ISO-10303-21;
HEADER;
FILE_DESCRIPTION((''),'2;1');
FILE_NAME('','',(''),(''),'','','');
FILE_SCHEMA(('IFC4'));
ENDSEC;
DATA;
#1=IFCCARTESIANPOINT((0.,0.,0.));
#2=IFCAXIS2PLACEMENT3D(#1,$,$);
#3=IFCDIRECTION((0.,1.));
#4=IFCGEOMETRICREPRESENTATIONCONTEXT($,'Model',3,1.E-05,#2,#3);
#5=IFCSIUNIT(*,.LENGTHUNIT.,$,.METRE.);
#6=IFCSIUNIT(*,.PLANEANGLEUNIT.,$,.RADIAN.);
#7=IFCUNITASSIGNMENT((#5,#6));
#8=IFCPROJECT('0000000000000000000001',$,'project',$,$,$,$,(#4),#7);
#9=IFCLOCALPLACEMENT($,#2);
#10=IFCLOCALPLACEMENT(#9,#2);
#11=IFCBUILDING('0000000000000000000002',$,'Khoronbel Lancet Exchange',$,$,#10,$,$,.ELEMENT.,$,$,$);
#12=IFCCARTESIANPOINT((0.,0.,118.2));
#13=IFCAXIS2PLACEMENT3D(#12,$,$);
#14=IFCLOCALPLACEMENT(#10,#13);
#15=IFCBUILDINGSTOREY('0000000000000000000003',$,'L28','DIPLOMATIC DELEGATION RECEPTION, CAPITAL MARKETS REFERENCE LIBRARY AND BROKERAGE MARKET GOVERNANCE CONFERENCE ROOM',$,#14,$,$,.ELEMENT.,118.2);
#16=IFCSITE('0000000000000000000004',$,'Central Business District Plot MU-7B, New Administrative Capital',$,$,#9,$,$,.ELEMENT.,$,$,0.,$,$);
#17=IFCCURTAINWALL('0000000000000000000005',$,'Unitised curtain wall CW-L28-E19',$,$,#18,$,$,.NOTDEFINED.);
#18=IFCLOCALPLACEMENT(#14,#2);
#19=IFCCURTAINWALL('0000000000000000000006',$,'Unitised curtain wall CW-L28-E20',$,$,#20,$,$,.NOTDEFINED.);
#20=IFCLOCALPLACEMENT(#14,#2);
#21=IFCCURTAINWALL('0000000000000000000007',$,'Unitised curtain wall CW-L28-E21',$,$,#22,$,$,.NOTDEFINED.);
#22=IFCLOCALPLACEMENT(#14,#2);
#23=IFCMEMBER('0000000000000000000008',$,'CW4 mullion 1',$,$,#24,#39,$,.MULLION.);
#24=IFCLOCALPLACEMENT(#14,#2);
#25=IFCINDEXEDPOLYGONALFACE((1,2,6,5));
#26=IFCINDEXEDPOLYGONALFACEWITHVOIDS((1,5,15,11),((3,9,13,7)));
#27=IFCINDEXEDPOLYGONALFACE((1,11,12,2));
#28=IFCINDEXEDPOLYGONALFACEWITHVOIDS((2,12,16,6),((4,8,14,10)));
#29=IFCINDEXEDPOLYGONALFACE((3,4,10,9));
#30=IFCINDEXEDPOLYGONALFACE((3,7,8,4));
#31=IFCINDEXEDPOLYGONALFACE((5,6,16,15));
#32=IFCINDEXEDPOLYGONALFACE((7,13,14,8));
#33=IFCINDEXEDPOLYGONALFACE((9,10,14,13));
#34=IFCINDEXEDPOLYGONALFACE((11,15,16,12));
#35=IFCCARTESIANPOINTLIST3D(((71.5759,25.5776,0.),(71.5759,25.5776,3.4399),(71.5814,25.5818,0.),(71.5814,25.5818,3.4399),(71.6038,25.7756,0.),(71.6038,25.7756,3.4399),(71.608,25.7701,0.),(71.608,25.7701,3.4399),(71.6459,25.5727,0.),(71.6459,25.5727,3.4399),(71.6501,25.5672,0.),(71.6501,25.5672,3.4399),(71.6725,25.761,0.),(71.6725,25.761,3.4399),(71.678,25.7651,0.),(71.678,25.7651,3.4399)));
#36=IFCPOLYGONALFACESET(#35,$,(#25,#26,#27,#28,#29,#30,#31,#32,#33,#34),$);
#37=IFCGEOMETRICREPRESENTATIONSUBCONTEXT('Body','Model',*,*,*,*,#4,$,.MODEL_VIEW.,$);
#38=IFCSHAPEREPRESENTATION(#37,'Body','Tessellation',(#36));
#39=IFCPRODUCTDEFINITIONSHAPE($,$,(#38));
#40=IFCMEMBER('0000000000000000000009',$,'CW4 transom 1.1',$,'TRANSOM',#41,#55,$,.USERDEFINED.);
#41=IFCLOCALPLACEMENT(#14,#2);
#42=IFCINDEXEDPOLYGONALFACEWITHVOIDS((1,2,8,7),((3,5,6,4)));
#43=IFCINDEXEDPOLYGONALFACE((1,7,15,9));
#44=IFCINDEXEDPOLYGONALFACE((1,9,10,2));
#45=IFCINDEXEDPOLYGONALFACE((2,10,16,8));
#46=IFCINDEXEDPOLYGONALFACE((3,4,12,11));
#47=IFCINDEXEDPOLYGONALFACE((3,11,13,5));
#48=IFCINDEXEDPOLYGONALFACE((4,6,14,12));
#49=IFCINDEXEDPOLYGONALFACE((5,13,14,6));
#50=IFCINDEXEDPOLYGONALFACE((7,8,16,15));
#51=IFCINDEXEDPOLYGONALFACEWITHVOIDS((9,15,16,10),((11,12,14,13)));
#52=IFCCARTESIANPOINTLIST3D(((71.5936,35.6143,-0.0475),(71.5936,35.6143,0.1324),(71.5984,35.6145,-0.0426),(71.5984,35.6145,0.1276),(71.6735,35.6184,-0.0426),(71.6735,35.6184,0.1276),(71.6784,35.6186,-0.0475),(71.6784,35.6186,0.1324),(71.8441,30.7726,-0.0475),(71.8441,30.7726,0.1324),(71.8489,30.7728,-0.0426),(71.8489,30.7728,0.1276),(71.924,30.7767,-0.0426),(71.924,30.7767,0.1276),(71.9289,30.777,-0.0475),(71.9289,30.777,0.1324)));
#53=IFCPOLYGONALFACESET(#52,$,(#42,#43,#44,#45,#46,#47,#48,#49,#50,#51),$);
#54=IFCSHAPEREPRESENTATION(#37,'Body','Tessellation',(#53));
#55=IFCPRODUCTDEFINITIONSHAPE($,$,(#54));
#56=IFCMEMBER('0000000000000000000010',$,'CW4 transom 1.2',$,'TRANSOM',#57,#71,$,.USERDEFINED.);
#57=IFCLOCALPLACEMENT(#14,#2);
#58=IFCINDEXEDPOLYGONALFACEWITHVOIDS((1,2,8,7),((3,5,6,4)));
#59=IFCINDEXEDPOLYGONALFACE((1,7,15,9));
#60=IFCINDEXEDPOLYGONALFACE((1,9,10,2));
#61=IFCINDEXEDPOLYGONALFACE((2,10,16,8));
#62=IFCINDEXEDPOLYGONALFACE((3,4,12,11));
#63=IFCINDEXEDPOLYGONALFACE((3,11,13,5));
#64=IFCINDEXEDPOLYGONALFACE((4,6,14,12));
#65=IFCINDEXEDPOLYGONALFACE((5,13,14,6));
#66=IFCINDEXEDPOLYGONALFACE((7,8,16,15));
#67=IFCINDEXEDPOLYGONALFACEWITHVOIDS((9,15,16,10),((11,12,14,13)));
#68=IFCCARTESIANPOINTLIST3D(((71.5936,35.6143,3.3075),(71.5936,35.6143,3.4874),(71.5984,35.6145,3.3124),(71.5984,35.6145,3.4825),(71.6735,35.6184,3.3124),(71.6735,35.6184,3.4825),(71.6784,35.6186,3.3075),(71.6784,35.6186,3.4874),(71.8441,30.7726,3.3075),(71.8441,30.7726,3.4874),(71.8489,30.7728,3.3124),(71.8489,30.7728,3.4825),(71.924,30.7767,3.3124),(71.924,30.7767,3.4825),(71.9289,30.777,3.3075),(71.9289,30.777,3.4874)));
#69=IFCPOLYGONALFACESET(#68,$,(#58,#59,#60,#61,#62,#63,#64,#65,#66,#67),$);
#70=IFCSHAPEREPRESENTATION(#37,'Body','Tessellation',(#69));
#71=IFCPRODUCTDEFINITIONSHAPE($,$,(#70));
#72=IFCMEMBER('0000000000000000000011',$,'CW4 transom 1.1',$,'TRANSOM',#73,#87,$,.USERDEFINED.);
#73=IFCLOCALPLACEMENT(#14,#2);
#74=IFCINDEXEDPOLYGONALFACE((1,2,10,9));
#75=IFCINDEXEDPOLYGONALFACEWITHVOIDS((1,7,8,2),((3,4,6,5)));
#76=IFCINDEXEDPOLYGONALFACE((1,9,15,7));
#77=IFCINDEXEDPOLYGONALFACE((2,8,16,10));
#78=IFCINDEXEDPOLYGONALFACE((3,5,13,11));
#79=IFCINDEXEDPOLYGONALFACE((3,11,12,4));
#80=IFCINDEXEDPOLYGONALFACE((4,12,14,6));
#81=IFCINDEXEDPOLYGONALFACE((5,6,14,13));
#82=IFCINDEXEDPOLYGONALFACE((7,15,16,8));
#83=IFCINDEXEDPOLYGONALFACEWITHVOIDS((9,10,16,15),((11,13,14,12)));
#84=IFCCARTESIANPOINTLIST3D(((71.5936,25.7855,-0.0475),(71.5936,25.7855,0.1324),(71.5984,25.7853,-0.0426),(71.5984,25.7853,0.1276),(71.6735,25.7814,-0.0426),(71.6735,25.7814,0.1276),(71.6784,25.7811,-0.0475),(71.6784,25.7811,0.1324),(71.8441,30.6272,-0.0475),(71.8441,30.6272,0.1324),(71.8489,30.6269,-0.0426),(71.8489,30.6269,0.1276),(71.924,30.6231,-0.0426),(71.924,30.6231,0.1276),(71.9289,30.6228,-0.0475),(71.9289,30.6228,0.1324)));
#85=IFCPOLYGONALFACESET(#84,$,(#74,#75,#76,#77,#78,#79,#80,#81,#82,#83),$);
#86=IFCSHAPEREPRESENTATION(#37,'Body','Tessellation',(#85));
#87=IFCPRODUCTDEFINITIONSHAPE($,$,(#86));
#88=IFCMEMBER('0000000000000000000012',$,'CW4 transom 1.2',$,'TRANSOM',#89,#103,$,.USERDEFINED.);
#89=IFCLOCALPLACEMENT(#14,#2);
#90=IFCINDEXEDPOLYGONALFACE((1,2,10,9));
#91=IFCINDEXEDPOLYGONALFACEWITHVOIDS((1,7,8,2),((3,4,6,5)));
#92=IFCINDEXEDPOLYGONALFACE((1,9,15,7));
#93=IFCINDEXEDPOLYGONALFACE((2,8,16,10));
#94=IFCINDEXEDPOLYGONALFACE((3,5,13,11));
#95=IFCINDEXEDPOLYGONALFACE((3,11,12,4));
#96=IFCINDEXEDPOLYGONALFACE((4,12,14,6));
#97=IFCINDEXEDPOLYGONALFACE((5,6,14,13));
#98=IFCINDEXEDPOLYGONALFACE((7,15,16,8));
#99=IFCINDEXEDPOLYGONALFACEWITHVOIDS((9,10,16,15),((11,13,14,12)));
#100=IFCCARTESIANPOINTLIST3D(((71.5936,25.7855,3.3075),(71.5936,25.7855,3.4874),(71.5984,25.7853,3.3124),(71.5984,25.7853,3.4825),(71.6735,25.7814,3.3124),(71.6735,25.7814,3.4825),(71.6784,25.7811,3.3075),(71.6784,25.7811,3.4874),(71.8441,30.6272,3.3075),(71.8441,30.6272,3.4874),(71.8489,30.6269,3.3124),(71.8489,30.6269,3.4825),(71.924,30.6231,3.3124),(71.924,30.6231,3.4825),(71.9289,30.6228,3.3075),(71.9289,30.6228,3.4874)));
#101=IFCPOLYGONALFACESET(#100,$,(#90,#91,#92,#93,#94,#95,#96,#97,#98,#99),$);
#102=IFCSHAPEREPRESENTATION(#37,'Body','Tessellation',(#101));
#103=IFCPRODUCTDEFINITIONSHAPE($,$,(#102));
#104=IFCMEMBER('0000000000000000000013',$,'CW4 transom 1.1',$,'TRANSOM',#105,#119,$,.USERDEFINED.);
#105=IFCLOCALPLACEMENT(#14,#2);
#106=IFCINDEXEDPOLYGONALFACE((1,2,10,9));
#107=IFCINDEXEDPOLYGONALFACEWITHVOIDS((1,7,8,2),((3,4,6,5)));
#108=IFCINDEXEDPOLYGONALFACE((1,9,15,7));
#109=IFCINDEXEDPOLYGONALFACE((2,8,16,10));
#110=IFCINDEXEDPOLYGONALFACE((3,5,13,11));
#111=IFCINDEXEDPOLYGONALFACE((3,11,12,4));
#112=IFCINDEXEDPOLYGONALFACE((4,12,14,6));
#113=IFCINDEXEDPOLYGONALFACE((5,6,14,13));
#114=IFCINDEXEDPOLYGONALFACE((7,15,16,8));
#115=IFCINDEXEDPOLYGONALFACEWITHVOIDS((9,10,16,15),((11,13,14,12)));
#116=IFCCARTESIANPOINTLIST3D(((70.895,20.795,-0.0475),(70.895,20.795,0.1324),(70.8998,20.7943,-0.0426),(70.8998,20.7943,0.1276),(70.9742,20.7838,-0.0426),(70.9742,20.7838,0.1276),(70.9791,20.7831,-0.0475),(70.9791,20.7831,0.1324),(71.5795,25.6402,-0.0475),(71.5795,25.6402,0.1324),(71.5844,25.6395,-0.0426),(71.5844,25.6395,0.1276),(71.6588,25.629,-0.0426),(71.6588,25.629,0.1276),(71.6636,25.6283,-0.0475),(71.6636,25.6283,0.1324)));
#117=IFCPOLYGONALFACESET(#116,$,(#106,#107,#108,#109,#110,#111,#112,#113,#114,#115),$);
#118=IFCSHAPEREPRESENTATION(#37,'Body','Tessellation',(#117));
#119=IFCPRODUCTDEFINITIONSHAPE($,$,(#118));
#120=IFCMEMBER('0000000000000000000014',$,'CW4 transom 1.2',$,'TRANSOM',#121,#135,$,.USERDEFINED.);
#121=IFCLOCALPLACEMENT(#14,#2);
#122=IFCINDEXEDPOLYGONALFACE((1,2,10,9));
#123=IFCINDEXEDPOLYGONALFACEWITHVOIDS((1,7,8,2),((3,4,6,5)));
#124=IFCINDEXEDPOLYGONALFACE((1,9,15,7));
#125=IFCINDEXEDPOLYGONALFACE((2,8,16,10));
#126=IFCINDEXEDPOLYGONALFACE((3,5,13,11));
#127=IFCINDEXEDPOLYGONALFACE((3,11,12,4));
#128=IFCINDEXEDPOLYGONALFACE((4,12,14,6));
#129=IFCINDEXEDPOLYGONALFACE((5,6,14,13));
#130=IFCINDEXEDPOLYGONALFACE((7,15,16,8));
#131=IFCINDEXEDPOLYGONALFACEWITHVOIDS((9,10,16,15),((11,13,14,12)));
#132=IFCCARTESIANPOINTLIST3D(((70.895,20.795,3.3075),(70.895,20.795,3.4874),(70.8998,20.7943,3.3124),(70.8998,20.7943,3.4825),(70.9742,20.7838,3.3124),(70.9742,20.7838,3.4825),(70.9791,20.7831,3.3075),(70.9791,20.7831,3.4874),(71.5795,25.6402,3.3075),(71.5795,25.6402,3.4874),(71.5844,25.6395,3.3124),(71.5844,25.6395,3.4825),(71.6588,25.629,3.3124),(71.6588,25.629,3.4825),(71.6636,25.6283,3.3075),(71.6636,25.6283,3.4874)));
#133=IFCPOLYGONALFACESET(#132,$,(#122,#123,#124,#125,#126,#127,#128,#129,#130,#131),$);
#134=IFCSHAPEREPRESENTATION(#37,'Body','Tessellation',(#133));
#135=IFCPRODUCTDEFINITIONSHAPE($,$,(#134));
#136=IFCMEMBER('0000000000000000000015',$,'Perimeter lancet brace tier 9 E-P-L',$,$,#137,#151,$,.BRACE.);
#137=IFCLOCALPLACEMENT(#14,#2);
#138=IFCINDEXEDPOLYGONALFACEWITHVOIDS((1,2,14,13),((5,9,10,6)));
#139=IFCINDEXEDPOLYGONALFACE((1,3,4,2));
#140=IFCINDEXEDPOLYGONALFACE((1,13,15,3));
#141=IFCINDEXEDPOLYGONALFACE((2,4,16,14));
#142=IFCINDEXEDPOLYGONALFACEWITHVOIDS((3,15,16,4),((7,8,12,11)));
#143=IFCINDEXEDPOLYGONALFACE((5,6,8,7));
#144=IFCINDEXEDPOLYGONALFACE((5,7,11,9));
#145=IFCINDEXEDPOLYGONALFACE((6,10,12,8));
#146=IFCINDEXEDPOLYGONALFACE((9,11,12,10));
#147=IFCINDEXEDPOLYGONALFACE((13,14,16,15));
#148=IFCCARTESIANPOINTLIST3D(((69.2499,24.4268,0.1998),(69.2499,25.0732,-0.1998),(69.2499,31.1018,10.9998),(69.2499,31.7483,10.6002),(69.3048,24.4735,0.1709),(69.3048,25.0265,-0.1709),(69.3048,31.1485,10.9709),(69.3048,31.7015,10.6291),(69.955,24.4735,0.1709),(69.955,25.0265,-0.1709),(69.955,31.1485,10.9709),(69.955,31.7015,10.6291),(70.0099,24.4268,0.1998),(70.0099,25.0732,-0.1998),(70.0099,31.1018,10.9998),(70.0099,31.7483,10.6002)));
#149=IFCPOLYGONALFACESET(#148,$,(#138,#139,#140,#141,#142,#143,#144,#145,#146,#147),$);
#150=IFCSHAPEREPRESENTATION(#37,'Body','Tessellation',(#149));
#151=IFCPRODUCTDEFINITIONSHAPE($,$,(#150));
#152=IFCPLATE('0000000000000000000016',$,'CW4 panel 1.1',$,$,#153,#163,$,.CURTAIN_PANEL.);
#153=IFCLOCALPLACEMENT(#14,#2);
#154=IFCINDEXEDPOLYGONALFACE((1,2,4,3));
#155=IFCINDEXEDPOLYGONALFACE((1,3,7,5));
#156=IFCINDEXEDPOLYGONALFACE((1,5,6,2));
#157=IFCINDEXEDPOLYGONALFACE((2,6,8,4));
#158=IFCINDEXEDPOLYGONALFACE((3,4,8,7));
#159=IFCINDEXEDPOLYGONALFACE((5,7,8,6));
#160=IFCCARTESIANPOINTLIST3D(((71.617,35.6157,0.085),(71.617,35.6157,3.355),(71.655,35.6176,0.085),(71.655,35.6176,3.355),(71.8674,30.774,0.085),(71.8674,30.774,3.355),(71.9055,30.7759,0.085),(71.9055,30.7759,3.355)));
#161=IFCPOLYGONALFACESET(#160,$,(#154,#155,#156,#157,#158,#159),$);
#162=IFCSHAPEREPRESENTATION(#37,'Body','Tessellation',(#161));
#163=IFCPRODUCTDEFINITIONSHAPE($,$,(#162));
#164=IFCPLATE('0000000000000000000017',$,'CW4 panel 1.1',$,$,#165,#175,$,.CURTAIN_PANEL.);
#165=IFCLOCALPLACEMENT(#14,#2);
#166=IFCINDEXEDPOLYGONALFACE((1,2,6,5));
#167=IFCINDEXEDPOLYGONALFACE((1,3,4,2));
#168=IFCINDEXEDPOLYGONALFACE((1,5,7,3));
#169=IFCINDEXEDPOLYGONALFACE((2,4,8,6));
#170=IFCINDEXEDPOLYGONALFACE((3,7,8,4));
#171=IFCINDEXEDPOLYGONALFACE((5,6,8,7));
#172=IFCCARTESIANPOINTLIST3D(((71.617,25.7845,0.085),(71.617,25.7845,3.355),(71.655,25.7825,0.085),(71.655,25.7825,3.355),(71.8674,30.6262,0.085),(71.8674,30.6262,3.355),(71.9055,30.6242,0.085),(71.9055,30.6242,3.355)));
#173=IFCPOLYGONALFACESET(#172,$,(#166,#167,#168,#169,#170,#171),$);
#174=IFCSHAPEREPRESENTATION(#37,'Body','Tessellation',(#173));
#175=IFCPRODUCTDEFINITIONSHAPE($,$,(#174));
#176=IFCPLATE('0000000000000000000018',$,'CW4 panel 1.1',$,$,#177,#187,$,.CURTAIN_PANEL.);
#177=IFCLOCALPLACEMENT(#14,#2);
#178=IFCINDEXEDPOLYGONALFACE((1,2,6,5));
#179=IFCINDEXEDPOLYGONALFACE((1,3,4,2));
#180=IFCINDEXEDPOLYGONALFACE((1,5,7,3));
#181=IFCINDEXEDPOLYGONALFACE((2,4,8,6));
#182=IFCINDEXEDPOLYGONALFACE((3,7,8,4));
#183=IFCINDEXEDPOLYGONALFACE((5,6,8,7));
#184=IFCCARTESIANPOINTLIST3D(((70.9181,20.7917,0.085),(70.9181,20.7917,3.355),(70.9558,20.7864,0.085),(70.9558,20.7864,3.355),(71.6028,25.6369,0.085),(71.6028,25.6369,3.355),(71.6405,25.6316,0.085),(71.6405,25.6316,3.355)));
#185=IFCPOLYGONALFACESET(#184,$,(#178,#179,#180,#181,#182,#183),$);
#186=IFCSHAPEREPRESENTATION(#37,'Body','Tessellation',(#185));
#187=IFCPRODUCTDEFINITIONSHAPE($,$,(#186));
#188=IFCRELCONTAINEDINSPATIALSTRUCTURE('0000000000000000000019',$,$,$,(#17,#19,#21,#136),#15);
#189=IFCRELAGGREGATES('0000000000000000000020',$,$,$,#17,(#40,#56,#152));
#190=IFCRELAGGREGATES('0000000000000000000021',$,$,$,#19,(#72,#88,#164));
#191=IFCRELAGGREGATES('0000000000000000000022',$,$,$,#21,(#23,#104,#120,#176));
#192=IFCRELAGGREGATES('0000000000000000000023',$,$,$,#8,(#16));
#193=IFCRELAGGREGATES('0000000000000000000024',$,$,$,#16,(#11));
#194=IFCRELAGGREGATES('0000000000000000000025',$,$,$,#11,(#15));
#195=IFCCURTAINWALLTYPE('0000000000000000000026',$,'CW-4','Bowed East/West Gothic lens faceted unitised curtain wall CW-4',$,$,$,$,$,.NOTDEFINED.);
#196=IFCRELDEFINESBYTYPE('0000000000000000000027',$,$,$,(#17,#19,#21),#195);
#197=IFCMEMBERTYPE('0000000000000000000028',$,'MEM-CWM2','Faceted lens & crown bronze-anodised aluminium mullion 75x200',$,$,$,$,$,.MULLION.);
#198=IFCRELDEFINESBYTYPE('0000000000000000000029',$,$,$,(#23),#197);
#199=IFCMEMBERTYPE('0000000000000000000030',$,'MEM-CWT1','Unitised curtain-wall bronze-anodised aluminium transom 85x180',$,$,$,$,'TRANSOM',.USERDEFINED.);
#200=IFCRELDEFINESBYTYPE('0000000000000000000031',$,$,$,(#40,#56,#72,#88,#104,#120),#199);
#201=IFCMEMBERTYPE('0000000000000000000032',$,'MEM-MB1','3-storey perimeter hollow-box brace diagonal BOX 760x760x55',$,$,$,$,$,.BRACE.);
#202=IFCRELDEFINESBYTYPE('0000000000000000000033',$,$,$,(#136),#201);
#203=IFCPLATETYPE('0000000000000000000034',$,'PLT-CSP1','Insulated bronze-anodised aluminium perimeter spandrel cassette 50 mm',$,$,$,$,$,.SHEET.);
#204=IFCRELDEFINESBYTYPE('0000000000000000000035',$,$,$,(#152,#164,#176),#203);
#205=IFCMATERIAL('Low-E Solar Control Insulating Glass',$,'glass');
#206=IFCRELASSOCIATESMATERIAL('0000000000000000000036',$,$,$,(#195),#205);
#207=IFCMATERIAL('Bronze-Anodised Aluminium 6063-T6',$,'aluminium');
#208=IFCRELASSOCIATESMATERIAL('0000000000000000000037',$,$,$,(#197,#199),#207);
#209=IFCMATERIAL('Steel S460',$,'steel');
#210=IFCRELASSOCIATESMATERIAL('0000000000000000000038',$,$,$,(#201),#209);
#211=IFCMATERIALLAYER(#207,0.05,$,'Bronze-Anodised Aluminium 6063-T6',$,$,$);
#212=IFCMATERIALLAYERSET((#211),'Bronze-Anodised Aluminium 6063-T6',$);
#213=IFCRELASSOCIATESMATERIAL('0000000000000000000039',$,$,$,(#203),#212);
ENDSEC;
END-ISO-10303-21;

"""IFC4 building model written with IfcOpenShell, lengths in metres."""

from ifc_helpers import new_model, si_unit, direction, frame, origin, origin_2d, place, context, subcontext, project, spatial, rectangle, hollow_rectangle, extrude, material, layer, layer_set, material_profile, profile_set, type_object, element, aggregate, save


model = new_model("IFC4")

# Units and contexts
model_context = context("Model", 3, precision=1e-05, world=origin(), true_north=direction((0.0, 1.0)))
body_context = subcontext(model_context, "Body", "Model", "MODEL_VIEW")
ifc_project = project(units=[si_unit("LENGTHUNIT", "METRE"), si_unit("PLANEANGLEUNIT", "RADIAN")], contexts=[model_context])

# Site, building, storey
site_placement = place(None, origin())
site = spatial("IfcSite", under=ifc_project, at=site_placement, Name="Central Business District Plot MU-7B, New Administrative Capital", CompositionType="ELEMENT", RefElevation=0.0)
building_placement = place(site_placement, origin())
building = spatial("IfcBuilding", under=site, at=building_placement, Name="Khoronbel Lancet Exchange", CompositionType="ELEMENT")
storey_placement = place(building_placement, frame((0.0, 0.0, 118.2)))
storey = spatial("IfcBuildingStorey", under=building, at=storey_placement, Name="L28", Description="DIPLOMATIC DELEGATION RECEPTION, CAPITAL MARKETS REFERENCE LIBRARY AND BROKERAGE MARKET GOVERNANCE CONFERENCE ROOM", CompositionType="ELEMENT", Elevation=118.2)

# Curtain walls
ifc_material_1 = material(Name="Low-E Solar Control Insulating Glass", Category="glass")
curtain_wall_type = type_object("IfcCurtainWallType", Name="CW-4", Description="Bowed East/West Gothic lens faceted unitised curtain wall CW-4", PredefinedType="NOTDEFINED", material=ifc_material_1)
curtain_wall_1_placement = place(storey_placement, origin())
curtain_wall_1 = element("IfcCurtainWall", 1, at=curtain_wall_1_placement, inside=storey, type_object=curtain_wall_type, Name="Unitised curtain wall CW-L28-E19", PredefinedType="NOTDEFINED")
ifc_material_2 = material(Name="Bronze-Anodised Aluminium 6063-T6", Category="aluminium")
ifc_material_profile_1 = material_profile(ifc_material_2, hollow_rectangle(XDim=0.075, YDim=0.2, WallThickness=0.0049, at=origin_2d()), Name="ALU MULLION 75x200")
ifc_profile_set_1 = profile_set([ifc_material_profile_1], Name="Bronze-Anodised Aluminium 6063-T6")
member_type_1 = type_object("IfcMemberType", Name="MEM-CWM2", Description="Faceted lens & crown bronze-anodised aluminium mullion 75x200", PredefinedType="MULLION", material=ifc_profile_set_1)
curtain_wall_2_placement = place(storey_placement, origin())
curtain_wall_2 = element("IfcCurtainWall", 2, at=curtain_wall_2_placement, inside=storey, type_object=curtain_wall_type, Name="Unitised curtain wall CW-L28-E20", PredefinedType="NOTDEFINED")

# Curtain wall, member
curtain_wall_3_placement = place(storey_placement, origin())
curtain_wall_3 = element("IfcCurtainWall", 3, at=curtain_wall_3_placement, inside=storey, type_object=curtain_wall_type, Name="Unitised curtain wall CW-L28-E21", PredefinedType="NOTDEFINED")
member_1_placement = place(storey_placement, frame((71.627, 25.6714, 0.0), z_axis=(0.0, 0.0, 1.0), x_axis=(0.990162, -0.139925, 0.0)))
member_1 = element("IfcMember", 4, at=member_1_placement, type_object=member_type_1, Name="CW4 mullion 1", PredefinedType="MULLION", context=body_context, shape_type="SweptSolid", body=[
    extrude(hollow_rectangle(XDim=0.075, YDim=0.2, WallThickness=0.0049, at=origin_2d()), origin(), (0.0, 0.0, 1.0), 3.4399),
])

# Members
ifc_material_profile_2 = material_profile(ifc_material_2, hollow_rectangle(XDim=0.085, YDim=0.1799, WallThickness=0.0049, at=origin_2d()), Name="ALU TRANSOM 85x180")
ifc_profile_set_2 = profile_set([ifc_material_profile_2], Name="Bronze-Anodised Aluminium 6063-T6")
member_type_2 = type_object("IfcMemberType", Name="MEM-CWT1", Description="Unitised curtain-wall bronze-anodised aluminium transom 85x180", ElementType="TRANSOM", PredefinedType="USERDEFINED", material=ifc_profile_set_2)
member_2_placement = place(storey_placement, frame((71.636, 35.6165, 0.0425), z_axis=(0.051668, -0.998664, 0.0), x_axis=(0.998664, 0.051668, 0.0)))
member_2 = element("IfcMember", 5, at=member_2_placement, type_object=member_type_2, Name="CW4 transom 1.1", ObjectType="TRANSOM", PredefinedType="USERDEFINED", context=body_context, shape_type="SweptSolid", body=[
    extrude(hollow_rectangle(XDim=0.085, YDim=0.1799, WallThickness=0.0049, at=origin_2d()), origin(), (0.0, 0.0, 1.0), 4.8481),
])
member_3_placement = place(storey_placement, frame((71.636, 35.6165, 3.3975), z_axis=(0.051668, -0.998664, 0.0), x_axis=(0.998664, 0.051668, 0.0)))
member_3 = element("IfcMember", 6, at=member_3_placement, type_object=member_type_2, Name="CW4 transom 1.2", ObjectType="TRANSOM", PredefinedType="USERDEFINED", context=body_context, shape_type="SweptSolid", body=[
    extrude(hollow_rectangle(XDim=0.085, YDim=0.1799, WallThickness=0.0049, at=origin_2d()), origin(), (0.0, 0.0, 1.0), 4.8481),
])
member_4_placement = place(storey_placement, frame((71.8865, 30.625, 0.0425), z_axis=(-0.051668, -0.998664, 0.0), x_axis=(0.998664, -0.051668, 0.0)))
member_4 = element("IfcMember", 7, at=member_4_placement, type_object=member_type_2, Name="CW4 transom 1.1", ObjectType="TRANSOM", PredefinedType="USERDEFINED", context=body_context, shape_type="SweptSolid", body=[
    extrude(hollow_rectangle(XDim=0.085, YDim=0.1799, WallThickness=0.0049, at=origin_2d()), origin(), (0.0, 0.0, 1.0), 4.8481),
])
member_5_placement = place(storey_placement, frame((71.8865, 30.625, 3.3975), z_axis=(-0.051668, -0.998664, 0.0), x_axis=(0.998664, -0.051668, 0.0)))
member_5 = element("IfcMember", 8, at=member_5_placement, type_object=member_type_2, Name="CW4 transom 1.2", ObjectType="TRANSOM", PredefinedType="USERDEFINED", context=body_context, shape_type="SweptSolid", body=[
    extrude(hollow_rectangle(XDim=0.085, YDim=0.1799, WallThickness=0.0049, at=origin_2d()), origin(), (0.0, 0.0, 1.0), 4.8481),
])
member_6_placement = place(storey_placement, frame((71.6216, 25.6343, 0.0425), z_axis=(-0.139898, -0.990166, 0.0), x_axis=(0.990166, -0.139898, 0.0)))
member_6 = element("IfcMember", 9, at=member_6_placement, type_object=member_type_2, Name="CW4 transom 1.1", ObjectType="TRANSOM", PredefinedType="USERDEFINED", context=body_context, shape_type="SweptSolid", body=[
    extrude(hollow_rectangle(XDim=0.085, YDim=0.1799, WallThickness=0.0049, at=origin_2d()), origin(), (0.0, 0.0, 1.0), 4.8933),
])
member_7_placement = place(storey_placement, frame((71.6216, 25.6343, 3.3975), z_axis=(-0.139898, -0.990166, 0.0), x_axis=(0.990166, -0.139898, 0.0)))
member_7 = element("IfcMember", 10, at=member_7_placement, type_object=member_type_2, Name="CW4 transom 1.2", ObjectType="TRANSOM", PredefinedType="USERDEFINED", context=body_context, shape_type="SweptSolid", body=[
    extrude(hollow_rectangle(XDim=0.085, YDim=0.1799, WallThickness=0.0049, at=origin_2d()), origin(), (0.0, 0.0, 1.0), 4.8933),
])
ifc_material_3 = material(Name="Steel S460", Category="steel")
ifc_material_profile_3 = material_profile(ifc_material_3, hollow_rectangle(XDim=0.76, YDim=0.76, WallThickness=0.0549, at=origin_2d()), Name="BOX 760x760x55")
ifc_profile_set_3 = profile_set([ifc_material_profile_3], Name="Steel S460")
member_type_3 = type_object("IfcMemberType", Name="MEM-MB1", Description="3-storey perimeter hollow-box brace diagonal BOX 760x760x55", PredefinedType="BRACE", material=ifc_profile_set_3)
member_8_placement = place(storey_placement, frame((69.6299, 24.75, 0.0), z_axis=(0.0, 0.525745, 0.850642), x_axis=(-1.0, 0.0, 0.0)))
element("IfcMember", 11, at=member_8_placement, inside=storey, type_object=member_type_3, Name="Perimeter lancet brace tier 9 E-P-L", PredefinedType="BRACE", context=body_context, shape_type="SweptSolid", body=[
    extrude(hollow_rectangle(XDim=0.76, YDim=0.76, WallThickness=0.0549, at=origin_2d()), origin(), (0.0, 0.0, 1.0), 12.6963),
])

# Plates
ifc_layer_1 = layer(ifc_material_2, 0.05, Name="Bronze-Anodised Aluminium 6063-T6")
ifc_layer_set_1 = layer_set([ifc_layer_1], Name="Bronze-Anodised Aluminium 6063-T6")
plate_type_1 = type_object("IfcPlateType", Name="PLT-CSP1", Description="Insulated bronze-anodised aluminium perimeter spandrel cassette 50 mm", PredefinedType="SHEET", material=ifc_layer_set_1)
plate_1_placement = place(storey_placement, frame((71.7612, 33.1958, 0.085), z_axis=(0.0, 0.0, 1.0), x_axis=(0.05166, -0.998665, 0.0)))
plate_1 = element("IfcPlate", 12, at=plate_1_placement, type_object=plate_type_1, Name="CW4 panel 1.1", PredefinedType="CURTAIN_PANEL", context=body_context, shape_type="SweptSolid", body=[
    extrude(rectangle(XDim=4.8481, YDim=0.0381, at=origin_2d()), origin(), (0.0, 0.0, 1.0), 3.27),
])
aggregate(curtain_wall_1, [member_2, member_3, plate_1])
plate_2_placement = place(storey_placement, frame((71.7612, 28.2043, 0.085), z_axis=(0.0, 0.0, 1.0), x_axis=(-0.05166, -0.998665, 0.0)))
plate_2 = element("IfcPlate", 13, at=plate_2_placement, type_object=plate_type_1, Name="CW4 panel 1.1", PredefinedType="CURTAIN_PANEL", context=body_context, shape_type="SweptSolid", body=[
    extrude(rectangle(XDim=4.8481, YDim=0.0381, at=origin_2d()), origin(), (0.0, 0.0, 1.0), 3.27),
])
aggregate(curtain_wall_2, [member_4, member_5, plate_2])
plate_3_placement = place(storey_placement, frame((71.2793, 23.2117, 0.085), z_axis=(0.0, 0.0, 1.0), x_axis=(-0.139925, -0.990162, 0.0)))
plate_3 = element("IfcPlate", 14, at=plate_3_placement, type_object=plate_type_1, Name="CW4 panel 1.1", PredefinedType="CURTAIN_PANEL", context=body_context, shape_type="SweptSolid", body=[
    extrude(rectangle(XDim=4.8933, YDim=0.0381, at=origin_2d()), origin(), (0.0, 0.0, 1.0), 3.27),
])
aggregate(curtain_wall_3, [member_1, member_6, member_7, plate_3])

save(model, "model.ifc")
